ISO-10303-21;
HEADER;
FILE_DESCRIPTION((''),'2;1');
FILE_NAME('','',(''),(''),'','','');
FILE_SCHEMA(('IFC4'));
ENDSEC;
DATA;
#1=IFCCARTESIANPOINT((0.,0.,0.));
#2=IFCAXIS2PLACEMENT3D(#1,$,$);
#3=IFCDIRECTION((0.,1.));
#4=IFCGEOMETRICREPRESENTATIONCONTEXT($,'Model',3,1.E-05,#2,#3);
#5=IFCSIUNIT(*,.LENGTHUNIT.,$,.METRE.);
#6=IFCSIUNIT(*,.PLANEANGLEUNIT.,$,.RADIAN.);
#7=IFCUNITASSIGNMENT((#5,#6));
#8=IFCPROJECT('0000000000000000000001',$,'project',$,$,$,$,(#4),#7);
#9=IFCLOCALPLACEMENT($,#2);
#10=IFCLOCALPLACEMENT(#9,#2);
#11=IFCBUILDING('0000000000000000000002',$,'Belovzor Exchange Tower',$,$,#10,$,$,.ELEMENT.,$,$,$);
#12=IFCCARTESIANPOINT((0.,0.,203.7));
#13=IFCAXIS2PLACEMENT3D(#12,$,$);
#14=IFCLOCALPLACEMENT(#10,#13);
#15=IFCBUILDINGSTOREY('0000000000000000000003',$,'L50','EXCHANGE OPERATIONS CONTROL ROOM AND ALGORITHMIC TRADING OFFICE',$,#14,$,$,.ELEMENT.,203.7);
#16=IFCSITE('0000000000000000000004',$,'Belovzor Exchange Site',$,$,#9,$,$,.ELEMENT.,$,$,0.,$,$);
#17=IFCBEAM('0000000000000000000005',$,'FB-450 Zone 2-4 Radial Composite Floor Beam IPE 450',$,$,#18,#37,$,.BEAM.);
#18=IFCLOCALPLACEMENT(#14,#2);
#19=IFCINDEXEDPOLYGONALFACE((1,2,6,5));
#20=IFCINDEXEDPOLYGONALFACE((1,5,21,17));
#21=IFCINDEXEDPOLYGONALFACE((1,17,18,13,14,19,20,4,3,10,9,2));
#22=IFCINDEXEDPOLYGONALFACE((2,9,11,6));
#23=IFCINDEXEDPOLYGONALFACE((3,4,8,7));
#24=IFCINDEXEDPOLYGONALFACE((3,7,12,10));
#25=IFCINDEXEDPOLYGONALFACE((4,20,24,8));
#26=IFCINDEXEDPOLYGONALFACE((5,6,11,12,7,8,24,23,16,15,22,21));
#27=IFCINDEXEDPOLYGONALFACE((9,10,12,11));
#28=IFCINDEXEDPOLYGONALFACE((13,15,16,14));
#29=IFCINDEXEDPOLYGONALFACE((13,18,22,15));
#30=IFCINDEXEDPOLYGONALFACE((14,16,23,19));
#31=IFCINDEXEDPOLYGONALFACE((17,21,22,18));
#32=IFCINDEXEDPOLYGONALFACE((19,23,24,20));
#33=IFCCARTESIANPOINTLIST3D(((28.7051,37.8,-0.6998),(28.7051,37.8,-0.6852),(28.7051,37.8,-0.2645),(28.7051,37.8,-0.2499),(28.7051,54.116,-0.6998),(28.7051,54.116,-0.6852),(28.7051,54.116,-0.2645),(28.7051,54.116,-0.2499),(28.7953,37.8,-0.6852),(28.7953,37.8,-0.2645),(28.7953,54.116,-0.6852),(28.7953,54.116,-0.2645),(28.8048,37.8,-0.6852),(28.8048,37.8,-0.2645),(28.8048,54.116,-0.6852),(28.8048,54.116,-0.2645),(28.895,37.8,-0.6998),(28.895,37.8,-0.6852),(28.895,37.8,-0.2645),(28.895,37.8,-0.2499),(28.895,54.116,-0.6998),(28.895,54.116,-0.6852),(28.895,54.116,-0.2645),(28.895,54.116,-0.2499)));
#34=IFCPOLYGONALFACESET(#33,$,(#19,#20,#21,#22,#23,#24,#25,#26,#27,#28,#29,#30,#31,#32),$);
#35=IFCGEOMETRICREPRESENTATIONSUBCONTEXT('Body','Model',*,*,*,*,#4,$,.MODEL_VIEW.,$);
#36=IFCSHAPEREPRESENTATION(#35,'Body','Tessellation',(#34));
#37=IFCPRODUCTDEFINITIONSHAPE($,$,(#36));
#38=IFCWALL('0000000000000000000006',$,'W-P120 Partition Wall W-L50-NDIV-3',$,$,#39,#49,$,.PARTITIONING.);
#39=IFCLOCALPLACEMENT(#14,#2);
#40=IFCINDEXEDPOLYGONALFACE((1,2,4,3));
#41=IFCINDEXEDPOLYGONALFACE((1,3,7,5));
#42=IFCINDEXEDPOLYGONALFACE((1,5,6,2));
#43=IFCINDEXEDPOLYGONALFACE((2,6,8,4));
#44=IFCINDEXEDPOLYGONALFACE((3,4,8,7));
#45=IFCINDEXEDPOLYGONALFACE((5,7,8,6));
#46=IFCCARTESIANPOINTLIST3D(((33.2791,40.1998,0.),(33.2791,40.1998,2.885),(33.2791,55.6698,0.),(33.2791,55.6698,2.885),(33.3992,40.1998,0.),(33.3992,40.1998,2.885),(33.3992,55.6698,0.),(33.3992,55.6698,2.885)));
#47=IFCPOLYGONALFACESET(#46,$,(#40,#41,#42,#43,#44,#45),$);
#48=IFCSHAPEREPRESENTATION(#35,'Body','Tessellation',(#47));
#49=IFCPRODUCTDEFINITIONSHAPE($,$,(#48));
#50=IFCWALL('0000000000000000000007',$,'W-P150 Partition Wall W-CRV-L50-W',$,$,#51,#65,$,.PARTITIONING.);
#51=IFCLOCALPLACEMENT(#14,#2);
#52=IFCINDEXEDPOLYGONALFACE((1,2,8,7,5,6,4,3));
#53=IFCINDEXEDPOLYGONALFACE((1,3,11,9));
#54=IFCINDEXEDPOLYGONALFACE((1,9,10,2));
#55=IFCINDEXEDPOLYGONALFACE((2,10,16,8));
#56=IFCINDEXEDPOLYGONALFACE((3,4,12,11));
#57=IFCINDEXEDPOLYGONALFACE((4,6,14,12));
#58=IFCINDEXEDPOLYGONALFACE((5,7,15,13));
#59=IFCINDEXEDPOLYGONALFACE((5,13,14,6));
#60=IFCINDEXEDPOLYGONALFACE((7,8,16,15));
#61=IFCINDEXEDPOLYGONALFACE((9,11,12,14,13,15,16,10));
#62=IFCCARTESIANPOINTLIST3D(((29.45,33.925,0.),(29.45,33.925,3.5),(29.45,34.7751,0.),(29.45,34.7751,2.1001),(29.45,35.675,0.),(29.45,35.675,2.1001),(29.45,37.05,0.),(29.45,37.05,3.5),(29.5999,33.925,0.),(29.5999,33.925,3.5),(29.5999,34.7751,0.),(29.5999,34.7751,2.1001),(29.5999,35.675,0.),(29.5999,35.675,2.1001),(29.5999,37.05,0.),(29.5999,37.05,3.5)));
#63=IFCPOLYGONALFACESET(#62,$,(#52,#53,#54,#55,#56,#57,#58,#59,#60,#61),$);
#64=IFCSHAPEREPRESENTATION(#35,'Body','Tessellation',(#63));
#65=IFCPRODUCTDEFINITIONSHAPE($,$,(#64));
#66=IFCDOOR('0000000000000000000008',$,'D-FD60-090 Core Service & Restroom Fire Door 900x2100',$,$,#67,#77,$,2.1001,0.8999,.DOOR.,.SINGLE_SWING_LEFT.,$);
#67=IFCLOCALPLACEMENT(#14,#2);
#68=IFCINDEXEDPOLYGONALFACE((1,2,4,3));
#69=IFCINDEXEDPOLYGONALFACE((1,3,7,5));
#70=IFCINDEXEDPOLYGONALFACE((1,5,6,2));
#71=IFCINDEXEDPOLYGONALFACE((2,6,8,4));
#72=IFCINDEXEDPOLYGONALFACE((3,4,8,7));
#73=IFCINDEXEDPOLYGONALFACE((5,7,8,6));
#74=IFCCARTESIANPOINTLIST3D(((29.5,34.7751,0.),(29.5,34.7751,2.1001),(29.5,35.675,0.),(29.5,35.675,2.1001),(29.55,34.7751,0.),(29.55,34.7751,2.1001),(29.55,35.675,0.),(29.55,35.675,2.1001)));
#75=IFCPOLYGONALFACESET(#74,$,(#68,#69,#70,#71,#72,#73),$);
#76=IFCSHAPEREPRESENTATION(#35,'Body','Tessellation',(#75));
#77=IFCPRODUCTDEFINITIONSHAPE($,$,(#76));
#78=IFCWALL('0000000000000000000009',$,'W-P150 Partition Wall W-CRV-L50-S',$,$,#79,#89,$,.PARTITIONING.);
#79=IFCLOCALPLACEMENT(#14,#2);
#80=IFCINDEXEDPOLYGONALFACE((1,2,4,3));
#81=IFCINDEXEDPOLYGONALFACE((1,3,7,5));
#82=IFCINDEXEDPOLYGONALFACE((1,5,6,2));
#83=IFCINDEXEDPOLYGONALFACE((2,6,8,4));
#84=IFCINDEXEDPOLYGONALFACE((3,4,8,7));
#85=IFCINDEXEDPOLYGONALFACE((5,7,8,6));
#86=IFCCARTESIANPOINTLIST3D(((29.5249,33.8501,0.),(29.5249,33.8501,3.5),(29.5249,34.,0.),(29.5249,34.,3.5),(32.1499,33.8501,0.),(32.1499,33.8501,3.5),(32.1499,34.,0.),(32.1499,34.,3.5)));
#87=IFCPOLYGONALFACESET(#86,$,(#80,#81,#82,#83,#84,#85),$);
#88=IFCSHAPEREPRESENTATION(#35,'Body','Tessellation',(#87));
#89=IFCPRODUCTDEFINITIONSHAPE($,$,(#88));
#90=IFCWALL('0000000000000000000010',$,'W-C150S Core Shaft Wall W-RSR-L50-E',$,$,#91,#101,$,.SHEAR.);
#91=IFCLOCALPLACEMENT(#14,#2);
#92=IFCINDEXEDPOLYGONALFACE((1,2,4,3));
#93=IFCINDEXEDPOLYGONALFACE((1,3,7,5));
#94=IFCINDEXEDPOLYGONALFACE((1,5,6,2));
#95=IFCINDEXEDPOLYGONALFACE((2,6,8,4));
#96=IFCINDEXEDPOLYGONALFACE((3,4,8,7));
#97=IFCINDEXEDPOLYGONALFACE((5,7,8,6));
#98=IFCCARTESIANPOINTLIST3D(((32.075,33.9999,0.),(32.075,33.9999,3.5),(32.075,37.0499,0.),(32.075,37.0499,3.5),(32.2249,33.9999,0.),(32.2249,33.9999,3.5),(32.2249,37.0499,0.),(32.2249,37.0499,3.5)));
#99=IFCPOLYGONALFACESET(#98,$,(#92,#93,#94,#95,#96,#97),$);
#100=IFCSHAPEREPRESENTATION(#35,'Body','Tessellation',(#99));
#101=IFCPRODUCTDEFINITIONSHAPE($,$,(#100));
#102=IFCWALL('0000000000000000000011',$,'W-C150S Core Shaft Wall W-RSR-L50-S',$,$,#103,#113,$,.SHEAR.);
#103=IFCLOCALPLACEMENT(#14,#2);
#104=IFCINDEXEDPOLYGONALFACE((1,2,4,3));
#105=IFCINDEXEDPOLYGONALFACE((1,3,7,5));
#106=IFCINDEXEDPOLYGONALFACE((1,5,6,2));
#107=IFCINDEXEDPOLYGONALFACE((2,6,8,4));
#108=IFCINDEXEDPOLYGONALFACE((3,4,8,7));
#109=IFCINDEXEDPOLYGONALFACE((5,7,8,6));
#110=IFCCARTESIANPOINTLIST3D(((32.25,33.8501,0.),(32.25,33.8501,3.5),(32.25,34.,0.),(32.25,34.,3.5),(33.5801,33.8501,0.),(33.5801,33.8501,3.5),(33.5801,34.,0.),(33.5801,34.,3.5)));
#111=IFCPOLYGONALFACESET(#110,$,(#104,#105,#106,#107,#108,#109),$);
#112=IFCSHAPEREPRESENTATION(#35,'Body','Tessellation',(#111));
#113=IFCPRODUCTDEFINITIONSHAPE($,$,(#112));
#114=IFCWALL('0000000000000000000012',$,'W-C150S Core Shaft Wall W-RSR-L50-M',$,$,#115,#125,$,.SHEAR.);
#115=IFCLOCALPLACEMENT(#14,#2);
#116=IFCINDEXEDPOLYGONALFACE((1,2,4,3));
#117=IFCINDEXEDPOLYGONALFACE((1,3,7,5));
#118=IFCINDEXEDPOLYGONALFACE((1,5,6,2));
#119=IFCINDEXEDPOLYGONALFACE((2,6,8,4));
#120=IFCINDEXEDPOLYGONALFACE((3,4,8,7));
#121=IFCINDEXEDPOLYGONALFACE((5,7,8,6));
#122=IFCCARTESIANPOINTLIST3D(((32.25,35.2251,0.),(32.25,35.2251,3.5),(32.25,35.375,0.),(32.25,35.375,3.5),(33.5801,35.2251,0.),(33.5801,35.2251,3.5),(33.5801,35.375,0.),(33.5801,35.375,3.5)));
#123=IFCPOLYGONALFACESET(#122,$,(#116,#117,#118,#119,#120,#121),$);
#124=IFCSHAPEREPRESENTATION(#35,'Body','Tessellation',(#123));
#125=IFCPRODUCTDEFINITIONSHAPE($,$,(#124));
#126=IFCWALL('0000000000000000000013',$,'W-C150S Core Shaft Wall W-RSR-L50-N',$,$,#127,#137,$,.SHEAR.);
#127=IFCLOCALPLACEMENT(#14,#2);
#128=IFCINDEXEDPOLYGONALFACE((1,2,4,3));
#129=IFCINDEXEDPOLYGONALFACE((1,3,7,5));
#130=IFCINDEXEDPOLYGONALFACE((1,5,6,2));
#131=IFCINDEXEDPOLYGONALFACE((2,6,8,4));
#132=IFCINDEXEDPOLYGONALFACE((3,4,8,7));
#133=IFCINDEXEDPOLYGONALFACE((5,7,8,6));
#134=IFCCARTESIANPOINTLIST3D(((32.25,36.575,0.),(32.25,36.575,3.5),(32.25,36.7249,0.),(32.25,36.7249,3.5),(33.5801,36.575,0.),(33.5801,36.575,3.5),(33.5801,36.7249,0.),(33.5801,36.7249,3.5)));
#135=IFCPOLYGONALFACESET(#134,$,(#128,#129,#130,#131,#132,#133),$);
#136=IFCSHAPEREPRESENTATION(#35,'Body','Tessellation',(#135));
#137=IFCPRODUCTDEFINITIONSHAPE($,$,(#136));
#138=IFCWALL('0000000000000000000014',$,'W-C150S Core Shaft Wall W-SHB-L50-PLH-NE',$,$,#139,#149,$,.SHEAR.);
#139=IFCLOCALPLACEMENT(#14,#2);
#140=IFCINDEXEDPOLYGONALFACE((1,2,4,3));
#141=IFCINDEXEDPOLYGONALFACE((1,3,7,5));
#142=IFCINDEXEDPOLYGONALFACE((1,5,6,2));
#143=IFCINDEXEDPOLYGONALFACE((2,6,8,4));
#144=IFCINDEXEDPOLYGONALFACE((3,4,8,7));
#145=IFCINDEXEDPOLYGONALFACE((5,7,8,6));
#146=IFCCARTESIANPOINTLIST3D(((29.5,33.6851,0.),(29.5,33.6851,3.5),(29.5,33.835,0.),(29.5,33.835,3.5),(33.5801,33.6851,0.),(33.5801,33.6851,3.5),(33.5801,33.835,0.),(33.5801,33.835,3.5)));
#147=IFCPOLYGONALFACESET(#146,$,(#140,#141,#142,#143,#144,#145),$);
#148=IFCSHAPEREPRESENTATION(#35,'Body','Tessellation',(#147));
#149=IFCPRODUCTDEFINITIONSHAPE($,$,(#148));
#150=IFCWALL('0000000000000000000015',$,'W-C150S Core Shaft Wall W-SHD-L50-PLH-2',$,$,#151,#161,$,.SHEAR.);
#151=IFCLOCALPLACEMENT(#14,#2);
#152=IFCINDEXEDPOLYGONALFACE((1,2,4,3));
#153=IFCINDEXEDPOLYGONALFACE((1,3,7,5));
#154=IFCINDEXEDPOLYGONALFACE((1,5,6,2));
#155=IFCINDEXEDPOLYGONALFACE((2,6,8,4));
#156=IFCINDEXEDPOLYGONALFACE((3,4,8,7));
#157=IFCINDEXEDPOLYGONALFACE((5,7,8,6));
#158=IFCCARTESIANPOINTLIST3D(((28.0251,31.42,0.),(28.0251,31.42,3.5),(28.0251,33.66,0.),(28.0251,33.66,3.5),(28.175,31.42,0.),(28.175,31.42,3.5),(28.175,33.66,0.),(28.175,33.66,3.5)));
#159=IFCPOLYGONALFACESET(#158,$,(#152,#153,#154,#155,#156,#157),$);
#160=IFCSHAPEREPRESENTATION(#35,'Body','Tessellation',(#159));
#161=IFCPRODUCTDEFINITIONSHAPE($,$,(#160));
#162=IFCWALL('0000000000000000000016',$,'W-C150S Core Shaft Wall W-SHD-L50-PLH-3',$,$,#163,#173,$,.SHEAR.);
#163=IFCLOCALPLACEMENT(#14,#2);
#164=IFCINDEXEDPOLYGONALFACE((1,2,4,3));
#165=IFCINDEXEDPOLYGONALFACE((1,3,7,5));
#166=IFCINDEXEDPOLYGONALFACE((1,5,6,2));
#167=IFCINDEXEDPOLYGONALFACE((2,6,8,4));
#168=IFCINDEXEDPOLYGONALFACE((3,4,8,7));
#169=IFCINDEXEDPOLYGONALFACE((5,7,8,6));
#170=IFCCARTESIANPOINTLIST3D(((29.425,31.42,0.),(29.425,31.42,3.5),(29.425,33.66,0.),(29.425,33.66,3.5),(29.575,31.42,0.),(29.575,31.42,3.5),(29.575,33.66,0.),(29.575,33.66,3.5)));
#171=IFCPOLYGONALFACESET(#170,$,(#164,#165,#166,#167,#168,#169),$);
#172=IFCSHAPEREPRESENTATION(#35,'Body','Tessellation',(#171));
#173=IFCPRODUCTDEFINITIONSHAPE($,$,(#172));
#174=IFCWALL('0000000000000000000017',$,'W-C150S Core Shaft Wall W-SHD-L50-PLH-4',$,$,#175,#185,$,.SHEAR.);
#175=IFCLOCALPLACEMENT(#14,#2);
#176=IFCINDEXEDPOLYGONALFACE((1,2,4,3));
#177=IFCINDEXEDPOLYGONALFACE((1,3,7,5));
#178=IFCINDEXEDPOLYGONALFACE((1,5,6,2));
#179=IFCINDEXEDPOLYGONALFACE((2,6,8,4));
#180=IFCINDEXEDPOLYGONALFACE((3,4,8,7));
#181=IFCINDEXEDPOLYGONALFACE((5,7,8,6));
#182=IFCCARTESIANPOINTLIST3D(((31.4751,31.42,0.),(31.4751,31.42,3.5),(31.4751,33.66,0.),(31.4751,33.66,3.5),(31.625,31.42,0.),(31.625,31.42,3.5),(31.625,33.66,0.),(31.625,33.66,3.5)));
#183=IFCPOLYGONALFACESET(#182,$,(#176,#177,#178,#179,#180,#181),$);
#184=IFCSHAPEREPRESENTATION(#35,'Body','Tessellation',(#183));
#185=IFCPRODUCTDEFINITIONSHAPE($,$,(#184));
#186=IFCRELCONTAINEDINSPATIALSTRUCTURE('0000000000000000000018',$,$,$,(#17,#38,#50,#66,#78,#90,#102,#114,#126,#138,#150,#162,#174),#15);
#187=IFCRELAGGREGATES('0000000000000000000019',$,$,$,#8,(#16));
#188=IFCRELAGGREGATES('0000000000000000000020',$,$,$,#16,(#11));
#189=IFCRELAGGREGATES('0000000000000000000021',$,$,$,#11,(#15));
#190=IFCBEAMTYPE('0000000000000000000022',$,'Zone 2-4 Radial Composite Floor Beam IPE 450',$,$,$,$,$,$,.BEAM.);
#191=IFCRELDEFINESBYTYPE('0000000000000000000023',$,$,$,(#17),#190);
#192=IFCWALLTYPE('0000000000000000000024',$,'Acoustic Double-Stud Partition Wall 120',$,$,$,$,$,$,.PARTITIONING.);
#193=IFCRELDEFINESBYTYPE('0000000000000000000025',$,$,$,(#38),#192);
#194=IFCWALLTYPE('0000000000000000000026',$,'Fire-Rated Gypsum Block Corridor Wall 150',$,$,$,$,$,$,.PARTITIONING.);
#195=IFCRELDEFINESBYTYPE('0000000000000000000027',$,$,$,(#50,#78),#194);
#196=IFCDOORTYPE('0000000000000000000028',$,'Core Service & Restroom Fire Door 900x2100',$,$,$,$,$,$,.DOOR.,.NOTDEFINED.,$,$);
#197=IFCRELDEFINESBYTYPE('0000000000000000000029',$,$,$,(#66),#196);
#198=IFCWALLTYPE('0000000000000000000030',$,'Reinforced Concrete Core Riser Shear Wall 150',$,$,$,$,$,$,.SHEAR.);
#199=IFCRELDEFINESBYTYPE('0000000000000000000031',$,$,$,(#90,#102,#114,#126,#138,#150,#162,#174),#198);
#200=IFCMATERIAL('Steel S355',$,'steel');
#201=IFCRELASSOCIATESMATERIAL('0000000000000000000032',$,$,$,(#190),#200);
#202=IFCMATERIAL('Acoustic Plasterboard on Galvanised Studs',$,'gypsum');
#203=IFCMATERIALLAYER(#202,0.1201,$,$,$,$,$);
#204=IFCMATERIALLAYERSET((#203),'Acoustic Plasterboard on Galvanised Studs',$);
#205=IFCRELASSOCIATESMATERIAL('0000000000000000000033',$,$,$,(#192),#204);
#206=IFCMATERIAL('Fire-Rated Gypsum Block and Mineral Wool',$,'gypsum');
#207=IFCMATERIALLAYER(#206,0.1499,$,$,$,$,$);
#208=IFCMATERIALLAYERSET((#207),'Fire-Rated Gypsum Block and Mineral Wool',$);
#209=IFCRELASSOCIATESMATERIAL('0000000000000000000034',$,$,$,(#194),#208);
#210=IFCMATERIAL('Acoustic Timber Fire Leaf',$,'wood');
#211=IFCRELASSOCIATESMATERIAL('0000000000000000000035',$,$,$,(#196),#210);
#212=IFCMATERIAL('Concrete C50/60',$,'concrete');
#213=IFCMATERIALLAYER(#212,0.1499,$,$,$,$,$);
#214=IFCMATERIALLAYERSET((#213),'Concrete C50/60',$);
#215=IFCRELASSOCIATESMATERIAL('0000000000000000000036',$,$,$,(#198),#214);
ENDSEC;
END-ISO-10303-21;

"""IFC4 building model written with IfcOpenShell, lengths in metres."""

from ifc_helpers import new_model, si_unit, direction, frame, frame_2d, origin, origin_2d, place, context, subcontext, project, spatial, rectangle, i_section, extrude, material, layer, layer_set, material_profile, profile_set, type_object, element, fill, save


model = new_model("IFC4")

# Units and contexts
model_context = context("Model", 3, precision=1e-05, world=origin(), true_north=direction((0.0, 1.0)))
body_context = subcontext(model_context, "Body", "Model", "MODEL_VIEW")
ifc_project = project(units=[si_unit("LENGTHUNIT", "METRE"), si_unit("PLANEANGLEUNIT", "RADIAN")], contexts=[model_context])

# Site, building, storey
site_placement = place(None, origin())
site = spatial("IfcSite", under=ifc_project, at=site_placement, Name="Belovzor Exchange Site", CompositionType="ELEMENT", RefElevation=0.0)
building_placement = place(site_placement, origin())
building = spatial("IfcBuilding", under=site, at=building_placement, Name="Belovzor Exchange Tower", CompositionType="ELEMENT")
storey_placement = place(building_placement, frame((0.0, 0.0, 203.7)))
storey = spatial("IfcBuildingStorey", under=building, at=storey_placement, Name="L50", Description="EXCHANGE OPERATIONS CONTROL ROOM AND ALGORITHMIC TRADING OFFICE", CompositionType="ELEMENT", Elevation=203.7)

# Beam
ifc_material_1 = material(Name="Steel S355", Category="steel")
ifc_material_profile = material_profile(ifc_material_1, i_section(OverallWidth=0.1899, OverallDepth=0.45, WebThickness=0.0095, FlangeThickness=0.0146, at=origin_2d()))
ifc_profile_set = profile_set([ifc_material_profile], Name="Steel S355")
beam_type = type_object("IfcBeamType", Name="Zone 2-4 Radial Composite Floor Beam IPE 450", PredefinedType="BEAM", material=ifc_profile_set)
beam_placement = place(storey_placement, frame((28.8, 37.8, -0.4749), z_axis=(0.0, 1.0, 0.0), x_axis=(-1.0, 0.0, 0.0)))
element("IfcBeam", 1, at=beam_placement, inside=storey, type_object=beam_type, Name="FB-450 Zone 2-4 Radial Composite Floor Beam IPE 450", PredefinedType="BEAM", context=body_context, shape_type="SweptSolid", body=[
    extrude(i_section(OverallWidth=0.1899, OverallDepth=0.45, WebThickness=0.0095, FlangeThickness=0.0146, at=origin_2d()), origin(), (0.0, 0.0, 1.0), 16.3159),
])

# Wall
ifc_material_2 = material(Name="Acoustic Plasterboard on Galvanised Studs", Category="gypsum")
ifc_layer_1 = layer(ifc_material_2, 0.1201)
ifc_layer_set_1 = layer_set([ifc_layer_1], Name="Acoustic Plasterboard on Galvanised Studs")
wall_type_1 = type_object("IfcWallType", Name="Acoustic Double-Stud Partition Wall 120", PredefinedType="PARTITIONING", material=ifc_layer_set_1)
wall_1_placement = place(storey_placement, frame((33.3391, 40.2, 0.0), z_axis=(0.0, 0.0, 1.0), x_axis=(0.0, 1.0, 0.0)))
element("IfcWall", 2, at=wall_1_placement, inside=storey, type_object=wall_type_1, Name="W-P120 Partition Wall W-L50-NDIV-3", PredefinedType="PARTITIONING", context=body_context, shape_type="SweptSolid", body=[
    extrude(rectangle(XDim=15.47, YDim=0.1201, at=frame_2d((7.7349, 0.0))), origin(), (0.0, 0.0, 1.0), 2.885),
])

# Wall, opening, door
ifc_material_3 = material(Name="Fire-Rated Gypsum Block and Mineral Wool", Category="gypsum")
ifc_layer_2 = layer(ifc_material_3, 0.1499)
ifc_layer_set_2 = layer_set([ifc_layer_2], Name="Fire-Rated Gypsum Block and Mineral Wool")
wall_type_2 = type_object("IfcWallType", Name="Fire-Rated Gypsum Block Corridor Wall 150", PredefinedType="PARTITIONING", material=ifc_layer_set_2)
wall_2_placement = place(storey_placement, frame((29.5249, 33.925, 0.0), z_axis=(0.0, 0.0, 1.0), x_axis=(0.0, 1.0, 0.0)))
wall_2 = element("IfcWall", 3, at=wall_2_placement, inside=storey, type_object=wall_type_2, Name="W-P150 Partition Wall W-CRV-L50-W", PredefinedType="PARTITIONING", context=body_context, shape_type="SweptSolid", body=[
    extrude(rectangle(XDim=3.125, YDim=0.1499, at=frame_2d((1.5625, 0.0))), origin(), (0.0, 0.0, 1.0), 3.5),
])
opening_placement = place(wall_2_placement, frame((0.8501, 0.0, 0.0)))
opening = element("IfcOpeningElement", 4, at=opening_placement, cuts=wall_2, PredefinedType="OPENING", context=body_context, shape_type="SweptSolid", body=[
    extrude(rectangle(XDim=0.8999, YDim=2.1001, at=frame_2d((0.45, 1.05))), frame((0.0, 0.085, 0.0), z_axis=(0.0, -1.0, 0.0), x_axis=(1.0, 0.0, 0.0)), (0.0, 0.0, 1.0), 0.1699),
])
ifc_material_4 = material(Name="Acoustic Timber Fire Leaf", Category="wood")
door_type = type_object("IfcDoorType", Name="Core Service & Restroom Fire Door 900x2100", OperationType="NOTDEFINED", PredefinedType="DOOR", material=ifc_material_4)
door_placement = place(opening_placement, origin())
door = element("IfcDoor", 5, at=door_placement, inside=storey, type_object=door_type, Name="D-FD60-090 Core Service & Restroom Fire Door 900x2100", OperationType="SINGLE_SWING_LEFT", OverallHeight=2.1001, OverallWidth=0.8999, PredefinedType="DOOR", context=body_context, shape_type="SweptSolid", body=[
    extrude(rectangle(XDim=0.8999, YDim=2.1001, at=frame_2d((0.45, 1.05))), frame((0.0, 0.0249, 0.0), z_axis=(0.0, -1.0, 0.0), x_axis=(1.0, 0.0, 0.0)), (0.0, 0.0, 1.0), 0.05),
])
fill(opening, door)

# Walls
wall_3_placement = place(storey_placement, frame((29.5249, 33.925, 0.0), z_axis=(0.0, 0.0, 1.0), x_axis=(1.0, 0.0, 0.0)))
element("IfcWall", 6, at=wall_3_placement, inside=storey, type_object=wall_type_2, Name="W-P150 Partition Wall W-CRV-L50-S", PredefinedType="PARTITIONING", context=body_context, shape_type="SweptSolid", body=[
    extrude(rectangle(XDim=2.625, YDim=0.1499, at=frame_2d((1.3125, 0.0))), origin(), (0.0, 0.0, 1.0), 3.5),
])
ifc_material_5 = material(Name="Concrete C50/60", Category="concrete")
ifc_layer_3 = layer(ifc_material_5, 0.1499)
ifc_layer_set_3 = layer_set([ifc_layer_3], Name="Concrete C50/60")
wall_type_3 = type_object("IfcWallType", Name="Reinforced Concrete Core Riser Shear Wall 150", PredefinedType="SHEAR", material=ifc_layer_set_3)
wall_4_placement = place(storey_placement, frame((32.1499, 34.0, 0.0), z_axis=(0.0, 0.0, 1.0), x_axis=(0.0, 1.0, 0.0)))
element("IfcWall", 7, at=wall_4_placement, inside=storey, type_object=wall_type_3, Name="W-C150S Core Shaft Wall W-RSR-L50-E", PredefinedType="SHEAR", context=body_context, shape_type="SweptSolid", body=[
    extrude(rectangle(XDim=3.05, YDim=0.1499, at=frame_2d((1.5249, 0.0))), origin(), (0.0, 0.0, 1.0), 3.5),
])
for number, where, z_axis, x_axis, name in (
    (8, (32.25, 33.925, 0.0), (0.0, 0.0, 1.0), (1.0, 0.0, 0.0), "W-C150S Core Shaft Wall W-RSR-L50-S"),
    (9, (32.25, 35.3, 0.0), (0.0, 0.0, 1.0), (1.0, 0.0, 0.0), "W-C150S Core Shaft Wall W-RSR-L50-M"),
    (10, (32.25, 36.6499, 0.0), (0.0, 0.0, 1.0), (1.0, 0.0, 0.0), "W-C150S Core Shaft Wall W-RSR-L50-N"),
):
    element("IfcWall", number, at=place(storey_placement, frame(where, z_axis=z_axis, x_axis=x_axis)), inside=storey, type_object=wall_type_3, Name=name, PredefinedType="SHEAR", context=body_context, shape_type="SweptSolid", body=[
        extrude(rectangle(XDim=1.3301, YDim=0.1499, at=frame_2d((0.665, 0.0))), origin(), (0.0, 0.0, 1.0), 3.5),
    ])
wall_5_placement = place(storey_placement, frame((29.5, 33.76, 0.0), z_axis=(0.0, 0.0, 1.0), x_axis=(1.0, 0.0, 0.0)))
element("IfcWall", 11, at=wall_5_placement, inside=storey, type_object=wall_type_3, Name="W-C150S Core Shaft Wall W-SHB-L50-PLH-NE", PredefinedType="SHEAR", context=body_context, shape_type="SweptSolid", body=[
    extrude(rectangle(XDim=4.0801, YDim=0.1499, at=frame_2d((2.04, 0.0))), origin(), (0.0, 0.0, 1.0), 3.5),
])
for number, where, z_axis, x_axis, name in (
    (12, (28.1001, 31.4199, 0.0), (0.0, 0.0, 1.0), (0.0, 1.0, 0.0), "W-C150S Core Shaft Wall W-SHD-L50-PLH-2"),
    (13, (29.5, 31.4199, 0.0), (0.0, 0.0, 1.0), (0.0, 1.0, 0.0), "W-C150S Core Shaft Wall W-SHD-L50-PLH-3"),
    (14, (31.55, 31.4199, 0.0), (0.0, 0.0, 1.0), (0.0, 1.0, 0.0), "W-C150S Core Shaft Wall W-SHD-L50-PLH-4"),
):
    element("IfcWall", number, at=place(storey_placement, frame(where, z_axis=z_axis, x_axis=x_axis)), inside=storey, type_object=wall_type_3, Name=name, PredefinedType="SHEAR", context=body_context, shape_type="SweptSolid", body=[
        extrude(rectangle(XDim=2.24, YDim=0.1499, at=frame_2d((1.1201, 0.0))), origin(), (0.0, 0.0, 1.0), 3.5),
    ])

save(model, "model.ifc")
